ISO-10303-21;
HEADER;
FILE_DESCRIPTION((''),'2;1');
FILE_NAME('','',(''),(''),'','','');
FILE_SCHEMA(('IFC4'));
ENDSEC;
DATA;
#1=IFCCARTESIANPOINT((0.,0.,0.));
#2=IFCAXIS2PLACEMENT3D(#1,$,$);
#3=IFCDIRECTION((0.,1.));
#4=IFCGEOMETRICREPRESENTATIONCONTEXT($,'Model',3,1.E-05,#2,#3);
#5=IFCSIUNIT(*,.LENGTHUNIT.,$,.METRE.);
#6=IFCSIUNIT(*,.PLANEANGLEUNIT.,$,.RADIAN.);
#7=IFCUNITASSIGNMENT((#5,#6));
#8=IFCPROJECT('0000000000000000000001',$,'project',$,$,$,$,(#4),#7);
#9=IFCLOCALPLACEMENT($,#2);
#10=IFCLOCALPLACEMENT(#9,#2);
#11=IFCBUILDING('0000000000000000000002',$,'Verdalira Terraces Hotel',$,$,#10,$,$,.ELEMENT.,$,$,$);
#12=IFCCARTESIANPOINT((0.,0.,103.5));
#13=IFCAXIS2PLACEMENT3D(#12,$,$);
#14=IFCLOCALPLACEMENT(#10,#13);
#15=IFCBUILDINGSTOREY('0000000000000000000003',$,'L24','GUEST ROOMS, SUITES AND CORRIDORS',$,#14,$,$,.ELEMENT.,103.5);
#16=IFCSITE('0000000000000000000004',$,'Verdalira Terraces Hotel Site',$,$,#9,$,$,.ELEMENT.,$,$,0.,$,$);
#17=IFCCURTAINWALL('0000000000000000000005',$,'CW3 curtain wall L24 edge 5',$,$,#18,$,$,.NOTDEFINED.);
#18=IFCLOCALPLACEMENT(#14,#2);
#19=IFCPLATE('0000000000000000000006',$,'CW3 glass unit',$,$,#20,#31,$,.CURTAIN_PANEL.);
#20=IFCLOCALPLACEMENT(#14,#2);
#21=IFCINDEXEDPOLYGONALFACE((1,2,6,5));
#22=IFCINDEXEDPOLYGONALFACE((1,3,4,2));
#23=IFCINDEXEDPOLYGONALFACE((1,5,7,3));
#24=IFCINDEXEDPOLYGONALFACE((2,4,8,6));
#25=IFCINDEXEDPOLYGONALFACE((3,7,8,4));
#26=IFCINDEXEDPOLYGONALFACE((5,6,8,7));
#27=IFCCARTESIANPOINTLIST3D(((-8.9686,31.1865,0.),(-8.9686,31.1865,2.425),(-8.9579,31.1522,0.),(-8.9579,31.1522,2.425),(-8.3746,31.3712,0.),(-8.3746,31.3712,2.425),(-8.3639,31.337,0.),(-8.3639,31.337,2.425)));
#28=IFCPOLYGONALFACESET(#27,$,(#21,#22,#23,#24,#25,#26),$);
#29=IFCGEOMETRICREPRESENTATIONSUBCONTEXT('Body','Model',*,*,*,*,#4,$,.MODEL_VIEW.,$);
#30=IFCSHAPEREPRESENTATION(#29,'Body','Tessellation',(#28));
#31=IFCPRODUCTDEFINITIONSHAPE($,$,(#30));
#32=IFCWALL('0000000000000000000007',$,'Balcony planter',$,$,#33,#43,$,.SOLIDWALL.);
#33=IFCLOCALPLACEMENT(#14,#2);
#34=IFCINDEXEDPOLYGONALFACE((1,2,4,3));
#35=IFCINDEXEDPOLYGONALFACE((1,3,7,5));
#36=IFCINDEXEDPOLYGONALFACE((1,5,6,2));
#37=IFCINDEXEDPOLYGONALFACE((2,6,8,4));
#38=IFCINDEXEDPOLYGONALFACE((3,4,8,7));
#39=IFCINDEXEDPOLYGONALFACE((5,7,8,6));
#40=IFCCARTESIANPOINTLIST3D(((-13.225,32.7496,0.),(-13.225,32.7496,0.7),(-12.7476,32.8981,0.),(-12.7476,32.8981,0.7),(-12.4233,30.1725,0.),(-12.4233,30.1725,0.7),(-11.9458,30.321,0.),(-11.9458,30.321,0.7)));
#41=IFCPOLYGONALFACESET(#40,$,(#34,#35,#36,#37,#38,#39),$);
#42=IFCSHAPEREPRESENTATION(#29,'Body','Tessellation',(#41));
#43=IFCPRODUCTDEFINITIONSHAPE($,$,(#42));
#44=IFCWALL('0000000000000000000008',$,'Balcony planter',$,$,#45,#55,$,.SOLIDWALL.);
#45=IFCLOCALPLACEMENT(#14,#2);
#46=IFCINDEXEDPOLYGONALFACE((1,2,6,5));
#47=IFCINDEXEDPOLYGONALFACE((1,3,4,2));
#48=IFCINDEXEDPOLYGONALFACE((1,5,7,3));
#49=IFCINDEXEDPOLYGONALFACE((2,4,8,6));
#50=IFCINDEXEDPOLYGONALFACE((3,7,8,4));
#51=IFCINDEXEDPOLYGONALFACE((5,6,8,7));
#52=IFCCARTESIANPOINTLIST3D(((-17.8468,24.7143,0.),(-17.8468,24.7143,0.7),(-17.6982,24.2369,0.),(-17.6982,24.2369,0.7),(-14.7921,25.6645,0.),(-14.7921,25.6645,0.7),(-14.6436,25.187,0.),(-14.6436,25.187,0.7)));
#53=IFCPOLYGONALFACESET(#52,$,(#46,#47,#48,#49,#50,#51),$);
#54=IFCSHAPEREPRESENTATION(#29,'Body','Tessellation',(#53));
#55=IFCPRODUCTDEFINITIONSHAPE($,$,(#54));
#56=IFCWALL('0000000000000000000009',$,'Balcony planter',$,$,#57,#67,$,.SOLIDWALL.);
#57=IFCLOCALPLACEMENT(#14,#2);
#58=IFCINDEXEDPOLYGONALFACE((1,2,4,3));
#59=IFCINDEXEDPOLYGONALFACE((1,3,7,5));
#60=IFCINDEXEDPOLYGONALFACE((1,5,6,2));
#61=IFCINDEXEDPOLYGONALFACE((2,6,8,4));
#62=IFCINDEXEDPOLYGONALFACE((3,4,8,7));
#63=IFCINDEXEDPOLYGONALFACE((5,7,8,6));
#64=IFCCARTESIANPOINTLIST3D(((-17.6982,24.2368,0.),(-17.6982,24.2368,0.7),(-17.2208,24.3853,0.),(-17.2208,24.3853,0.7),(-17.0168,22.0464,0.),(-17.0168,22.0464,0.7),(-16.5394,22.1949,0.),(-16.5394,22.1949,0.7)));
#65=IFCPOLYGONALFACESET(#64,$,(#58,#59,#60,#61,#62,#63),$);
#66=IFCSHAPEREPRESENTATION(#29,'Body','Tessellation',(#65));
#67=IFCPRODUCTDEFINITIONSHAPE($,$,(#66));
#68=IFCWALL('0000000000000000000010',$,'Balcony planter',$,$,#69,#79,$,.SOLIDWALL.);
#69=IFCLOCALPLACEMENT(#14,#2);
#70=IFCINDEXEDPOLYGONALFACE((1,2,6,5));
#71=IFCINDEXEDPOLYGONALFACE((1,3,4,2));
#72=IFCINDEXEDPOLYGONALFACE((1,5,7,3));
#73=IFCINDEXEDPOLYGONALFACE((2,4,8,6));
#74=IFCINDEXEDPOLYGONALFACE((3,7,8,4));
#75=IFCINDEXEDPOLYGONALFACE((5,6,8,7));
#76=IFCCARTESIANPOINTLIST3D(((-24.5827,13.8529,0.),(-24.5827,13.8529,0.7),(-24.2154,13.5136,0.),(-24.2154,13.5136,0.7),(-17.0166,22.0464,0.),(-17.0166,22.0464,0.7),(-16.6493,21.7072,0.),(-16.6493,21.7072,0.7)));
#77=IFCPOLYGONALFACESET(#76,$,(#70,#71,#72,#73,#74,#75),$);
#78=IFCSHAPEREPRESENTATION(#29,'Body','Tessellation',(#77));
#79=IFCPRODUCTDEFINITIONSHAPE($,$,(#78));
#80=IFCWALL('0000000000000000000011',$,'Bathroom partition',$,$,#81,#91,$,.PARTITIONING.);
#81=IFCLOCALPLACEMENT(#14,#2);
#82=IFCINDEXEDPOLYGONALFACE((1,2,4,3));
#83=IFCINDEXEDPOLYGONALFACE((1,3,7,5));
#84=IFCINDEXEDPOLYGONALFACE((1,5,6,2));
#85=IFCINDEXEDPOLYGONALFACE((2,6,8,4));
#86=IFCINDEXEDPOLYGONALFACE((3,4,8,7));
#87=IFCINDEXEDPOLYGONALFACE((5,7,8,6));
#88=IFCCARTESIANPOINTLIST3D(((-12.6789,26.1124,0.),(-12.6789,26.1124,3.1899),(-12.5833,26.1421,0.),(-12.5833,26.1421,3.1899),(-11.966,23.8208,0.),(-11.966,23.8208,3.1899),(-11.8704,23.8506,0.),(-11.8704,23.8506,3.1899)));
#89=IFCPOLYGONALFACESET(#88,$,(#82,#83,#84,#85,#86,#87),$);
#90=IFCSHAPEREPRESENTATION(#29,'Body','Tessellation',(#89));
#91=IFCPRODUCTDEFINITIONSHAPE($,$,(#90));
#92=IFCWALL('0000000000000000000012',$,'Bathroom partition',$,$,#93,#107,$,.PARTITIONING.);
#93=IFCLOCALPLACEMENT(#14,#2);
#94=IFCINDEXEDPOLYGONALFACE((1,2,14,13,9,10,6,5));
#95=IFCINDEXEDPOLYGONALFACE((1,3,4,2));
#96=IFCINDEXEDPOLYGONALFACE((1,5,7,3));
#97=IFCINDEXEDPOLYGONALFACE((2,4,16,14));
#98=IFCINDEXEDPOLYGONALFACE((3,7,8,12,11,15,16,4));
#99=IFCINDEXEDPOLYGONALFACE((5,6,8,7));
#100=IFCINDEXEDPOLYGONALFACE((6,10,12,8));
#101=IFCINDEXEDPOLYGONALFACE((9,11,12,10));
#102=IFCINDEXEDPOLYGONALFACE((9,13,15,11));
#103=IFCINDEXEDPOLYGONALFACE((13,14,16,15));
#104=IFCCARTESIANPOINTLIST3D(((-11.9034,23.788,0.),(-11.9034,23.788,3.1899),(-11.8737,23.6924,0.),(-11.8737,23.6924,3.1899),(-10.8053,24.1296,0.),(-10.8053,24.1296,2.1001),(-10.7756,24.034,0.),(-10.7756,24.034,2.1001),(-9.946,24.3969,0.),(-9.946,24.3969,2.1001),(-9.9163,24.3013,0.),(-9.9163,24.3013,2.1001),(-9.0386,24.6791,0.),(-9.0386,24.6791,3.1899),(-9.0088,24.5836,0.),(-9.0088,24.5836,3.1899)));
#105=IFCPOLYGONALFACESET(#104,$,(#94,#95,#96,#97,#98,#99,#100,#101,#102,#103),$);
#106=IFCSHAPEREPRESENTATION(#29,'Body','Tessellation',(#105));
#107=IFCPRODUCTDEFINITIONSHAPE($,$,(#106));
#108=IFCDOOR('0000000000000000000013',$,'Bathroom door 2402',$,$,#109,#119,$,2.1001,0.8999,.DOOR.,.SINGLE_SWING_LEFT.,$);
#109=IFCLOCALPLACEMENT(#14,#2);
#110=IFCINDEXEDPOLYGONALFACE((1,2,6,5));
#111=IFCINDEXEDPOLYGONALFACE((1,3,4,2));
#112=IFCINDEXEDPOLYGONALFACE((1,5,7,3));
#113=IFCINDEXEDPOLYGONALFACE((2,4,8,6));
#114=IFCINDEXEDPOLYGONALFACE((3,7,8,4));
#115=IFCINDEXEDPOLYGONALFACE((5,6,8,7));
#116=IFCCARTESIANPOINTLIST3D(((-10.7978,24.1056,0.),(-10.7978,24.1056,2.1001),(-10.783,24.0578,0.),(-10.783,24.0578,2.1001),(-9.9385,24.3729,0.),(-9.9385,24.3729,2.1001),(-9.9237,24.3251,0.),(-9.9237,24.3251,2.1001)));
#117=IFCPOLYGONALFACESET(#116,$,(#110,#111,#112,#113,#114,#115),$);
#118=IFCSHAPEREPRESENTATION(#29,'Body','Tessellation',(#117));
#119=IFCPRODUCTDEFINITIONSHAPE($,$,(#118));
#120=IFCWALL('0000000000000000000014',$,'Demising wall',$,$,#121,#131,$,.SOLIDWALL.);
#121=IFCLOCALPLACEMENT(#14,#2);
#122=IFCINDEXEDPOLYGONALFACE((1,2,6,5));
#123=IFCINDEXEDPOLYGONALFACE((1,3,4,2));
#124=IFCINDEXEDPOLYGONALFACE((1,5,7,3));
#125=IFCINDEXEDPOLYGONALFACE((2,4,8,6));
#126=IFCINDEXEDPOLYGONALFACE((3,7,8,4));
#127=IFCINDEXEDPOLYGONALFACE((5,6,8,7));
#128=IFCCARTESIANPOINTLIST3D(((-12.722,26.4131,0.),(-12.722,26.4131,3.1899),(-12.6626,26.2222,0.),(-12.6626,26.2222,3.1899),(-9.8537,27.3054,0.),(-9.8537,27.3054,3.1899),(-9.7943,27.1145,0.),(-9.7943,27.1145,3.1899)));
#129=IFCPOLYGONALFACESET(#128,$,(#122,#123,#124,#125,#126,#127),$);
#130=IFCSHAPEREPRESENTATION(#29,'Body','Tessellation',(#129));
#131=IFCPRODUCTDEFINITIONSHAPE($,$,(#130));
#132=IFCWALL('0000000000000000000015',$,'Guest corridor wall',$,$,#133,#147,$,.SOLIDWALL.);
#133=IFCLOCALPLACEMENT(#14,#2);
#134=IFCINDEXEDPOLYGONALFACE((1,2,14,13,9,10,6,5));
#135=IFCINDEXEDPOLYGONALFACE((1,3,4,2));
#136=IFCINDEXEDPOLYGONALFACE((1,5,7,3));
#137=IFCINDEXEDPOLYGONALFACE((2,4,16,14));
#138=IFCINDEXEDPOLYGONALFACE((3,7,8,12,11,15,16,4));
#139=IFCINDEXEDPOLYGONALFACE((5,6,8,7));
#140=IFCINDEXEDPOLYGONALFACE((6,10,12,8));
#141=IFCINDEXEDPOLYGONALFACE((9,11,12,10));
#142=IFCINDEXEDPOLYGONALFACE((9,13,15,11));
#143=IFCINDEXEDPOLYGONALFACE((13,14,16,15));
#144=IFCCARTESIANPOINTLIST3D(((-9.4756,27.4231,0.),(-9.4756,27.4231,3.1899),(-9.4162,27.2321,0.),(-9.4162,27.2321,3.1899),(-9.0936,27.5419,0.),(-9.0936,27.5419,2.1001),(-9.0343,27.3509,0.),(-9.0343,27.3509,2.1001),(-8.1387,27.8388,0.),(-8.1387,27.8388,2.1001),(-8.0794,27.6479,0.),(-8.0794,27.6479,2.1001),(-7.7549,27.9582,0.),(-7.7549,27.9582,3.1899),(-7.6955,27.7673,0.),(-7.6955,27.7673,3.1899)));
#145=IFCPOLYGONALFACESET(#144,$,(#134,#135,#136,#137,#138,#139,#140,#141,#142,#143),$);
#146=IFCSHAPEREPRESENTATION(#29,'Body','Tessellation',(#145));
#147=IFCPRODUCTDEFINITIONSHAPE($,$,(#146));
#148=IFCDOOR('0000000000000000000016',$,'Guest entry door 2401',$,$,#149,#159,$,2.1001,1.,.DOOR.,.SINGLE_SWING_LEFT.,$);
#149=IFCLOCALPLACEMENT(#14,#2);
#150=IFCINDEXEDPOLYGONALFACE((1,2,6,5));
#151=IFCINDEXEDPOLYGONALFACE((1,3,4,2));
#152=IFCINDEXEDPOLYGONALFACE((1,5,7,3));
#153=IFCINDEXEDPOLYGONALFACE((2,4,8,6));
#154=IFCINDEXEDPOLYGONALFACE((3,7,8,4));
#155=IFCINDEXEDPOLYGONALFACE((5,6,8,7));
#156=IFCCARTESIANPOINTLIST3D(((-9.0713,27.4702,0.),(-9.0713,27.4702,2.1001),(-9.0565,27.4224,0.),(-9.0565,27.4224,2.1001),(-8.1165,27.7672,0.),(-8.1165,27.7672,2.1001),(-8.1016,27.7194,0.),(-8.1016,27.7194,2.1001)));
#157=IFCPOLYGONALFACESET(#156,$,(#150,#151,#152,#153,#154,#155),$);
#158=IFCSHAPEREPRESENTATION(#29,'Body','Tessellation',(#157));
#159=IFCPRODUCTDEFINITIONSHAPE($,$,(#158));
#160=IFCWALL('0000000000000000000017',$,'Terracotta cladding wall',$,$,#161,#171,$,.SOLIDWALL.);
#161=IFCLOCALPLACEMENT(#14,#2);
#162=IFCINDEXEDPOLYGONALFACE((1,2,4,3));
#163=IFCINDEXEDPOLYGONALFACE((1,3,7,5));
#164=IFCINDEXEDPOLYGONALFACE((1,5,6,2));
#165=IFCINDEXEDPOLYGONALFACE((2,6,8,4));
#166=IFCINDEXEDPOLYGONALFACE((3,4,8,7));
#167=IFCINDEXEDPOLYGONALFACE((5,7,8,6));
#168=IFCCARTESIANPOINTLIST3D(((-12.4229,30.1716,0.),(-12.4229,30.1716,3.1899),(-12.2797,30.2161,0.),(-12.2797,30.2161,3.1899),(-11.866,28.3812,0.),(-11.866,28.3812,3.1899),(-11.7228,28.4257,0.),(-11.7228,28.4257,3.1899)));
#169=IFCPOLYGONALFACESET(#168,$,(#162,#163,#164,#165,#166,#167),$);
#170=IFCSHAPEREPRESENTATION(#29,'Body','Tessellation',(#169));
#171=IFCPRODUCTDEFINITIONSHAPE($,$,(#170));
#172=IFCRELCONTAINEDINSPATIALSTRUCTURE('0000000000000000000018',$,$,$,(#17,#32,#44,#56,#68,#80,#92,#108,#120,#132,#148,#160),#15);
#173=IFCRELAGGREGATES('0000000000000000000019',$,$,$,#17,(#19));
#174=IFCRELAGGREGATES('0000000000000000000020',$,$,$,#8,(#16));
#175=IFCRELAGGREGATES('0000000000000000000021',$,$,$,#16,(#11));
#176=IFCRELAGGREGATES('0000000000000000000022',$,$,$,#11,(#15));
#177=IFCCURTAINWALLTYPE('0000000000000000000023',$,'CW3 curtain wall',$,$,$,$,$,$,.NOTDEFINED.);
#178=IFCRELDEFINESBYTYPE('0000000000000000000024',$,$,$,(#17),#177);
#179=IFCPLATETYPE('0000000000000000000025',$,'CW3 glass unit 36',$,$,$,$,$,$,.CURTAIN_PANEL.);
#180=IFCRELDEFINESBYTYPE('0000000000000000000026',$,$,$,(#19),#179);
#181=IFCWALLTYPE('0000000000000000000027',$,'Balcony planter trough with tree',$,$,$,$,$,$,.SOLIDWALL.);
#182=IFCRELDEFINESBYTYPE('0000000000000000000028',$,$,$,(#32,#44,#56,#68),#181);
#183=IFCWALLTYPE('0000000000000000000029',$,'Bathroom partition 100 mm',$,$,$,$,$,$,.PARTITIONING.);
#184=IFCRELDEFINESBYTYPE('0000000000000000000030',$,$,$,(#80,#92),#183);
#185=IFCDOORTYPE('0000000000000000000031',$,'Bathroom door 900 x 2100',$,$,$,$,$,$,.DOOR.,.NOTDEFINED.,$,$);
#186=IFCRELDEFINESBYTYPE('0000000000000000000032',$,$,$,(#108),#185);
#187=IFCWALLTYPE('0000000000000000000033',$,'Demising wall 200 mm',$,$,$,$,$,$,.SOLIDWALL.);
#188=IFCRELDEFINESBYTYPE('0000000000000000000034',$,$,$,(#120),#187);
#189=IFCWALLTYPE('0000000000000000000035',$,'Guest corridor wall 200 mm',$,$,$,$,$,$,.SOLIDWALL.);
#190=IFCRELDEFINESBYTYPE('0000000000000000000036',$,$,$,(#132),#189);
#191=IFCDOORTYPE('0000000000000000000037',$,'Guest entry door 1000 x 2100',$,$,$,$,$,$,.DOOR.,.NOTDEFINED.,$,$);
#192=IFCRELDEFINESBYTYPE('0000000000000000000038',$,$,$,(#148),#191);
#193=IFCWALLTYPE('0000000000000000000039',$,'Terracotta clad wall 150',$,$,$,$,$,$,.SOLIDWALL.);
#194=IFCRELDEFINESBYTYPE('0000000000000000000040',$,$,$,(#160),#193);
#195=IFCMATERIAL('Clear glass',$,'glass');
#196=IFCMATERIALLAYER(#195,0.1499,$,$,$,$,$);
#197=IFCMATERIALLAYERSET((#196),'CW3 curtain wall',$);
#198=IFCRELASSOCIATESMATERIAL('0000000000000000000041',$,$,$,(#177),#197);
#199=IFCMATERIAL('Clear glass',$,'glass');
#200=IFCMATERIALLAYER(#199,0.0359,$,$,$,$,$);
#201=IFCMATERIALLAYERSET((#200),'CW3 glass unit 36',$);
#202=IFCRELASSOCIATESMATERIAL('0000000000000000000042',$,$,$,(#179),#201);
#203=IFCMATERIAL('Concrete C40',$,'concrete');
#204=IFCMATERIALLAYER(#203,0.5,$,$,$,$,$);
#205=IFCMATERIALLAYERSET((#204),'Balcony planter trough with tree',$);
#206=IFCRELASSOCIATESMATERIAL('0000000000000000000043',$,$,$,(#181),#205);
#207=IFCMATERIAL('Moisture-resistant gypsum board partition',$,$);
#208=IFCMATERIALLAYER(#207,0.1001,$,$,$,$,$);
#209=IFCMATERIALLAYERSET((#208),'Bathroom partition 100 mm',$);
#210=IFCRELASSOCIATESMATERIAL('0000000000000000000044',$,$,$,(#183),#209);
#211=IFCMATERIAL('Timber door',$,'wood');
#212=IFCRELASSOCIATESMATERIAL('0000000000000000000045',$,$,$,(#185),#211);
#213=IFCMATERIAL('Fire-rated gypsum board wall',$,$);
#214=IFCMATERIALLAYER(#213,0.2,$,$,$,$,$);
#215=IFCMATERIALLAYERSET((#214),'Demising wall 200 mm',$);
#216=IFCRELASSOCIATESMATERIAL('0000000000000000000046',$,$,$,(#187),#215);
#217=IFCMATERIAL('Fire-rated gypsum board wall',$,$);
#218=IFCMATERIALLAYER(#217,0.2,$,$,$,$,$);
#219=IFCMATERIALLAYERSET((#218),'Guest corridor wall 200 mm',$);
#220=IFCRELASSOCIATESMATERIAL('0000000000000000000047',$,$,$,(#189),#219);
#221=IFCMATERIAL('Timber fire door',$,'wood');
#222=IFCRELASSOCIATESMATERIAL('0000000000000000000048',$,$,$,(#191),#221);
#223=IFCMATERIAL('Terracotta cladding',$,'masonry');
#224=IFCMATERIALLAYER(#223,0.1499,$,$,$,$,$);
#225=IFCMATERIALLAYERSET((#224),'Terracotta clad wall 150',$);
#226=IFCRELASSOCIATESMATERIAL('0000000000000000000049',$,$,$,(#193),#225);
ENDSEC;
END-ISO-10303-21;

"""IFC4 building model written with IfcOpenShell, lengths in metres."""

from ifc_helpers import new_model, si_unit, direction, frame, frame_2d, origin, origin_2d, place, context, subcontext, project, spatial, rectangle, extrude, material, layer, layer_set, type_object, element, fill, aggregate, save


model = new_model("IFC4")

# Units and contexts
model_context = context("Model", 3, precision=1e-05, world=origin(), true_north=direction((0.0, 1.0)))
body_context = subcontext(model_context, "Body", "Model", "MODEL_VIEW")
ifc_project = project(units=[si_unit("LENGTHUNIT", "METRE"), si_unit("PLANEANGLEUNIT", "RADIAN")], contexts=[model_context])

# Site, building, storey
site_placement = place(None, origin())
site = spatial("IfcSite", under=ifc_project, at=site_placement, Name="Verdalira Terraces Hotel Site", CompositionType="ELEMENT", RefElevation=0.0)
building_placement = place(site_placement, origin())
building = spatial("IfcBuilding", under=site, at=building_placement, Name="Verdalira Terraces Hotel", CompositionType="ELEMENT")
storey_placement = place(building_placement, frame((0.0, 0.0, 103.5)))
storey = spatial("IfcBuildingStorey", under=building, at=storey_placement, Name="L24", Description="GUEST ROOMS, SUITES AND CORRIDORS", CompositionType="ELEMENT", Elevation=103.5)

# Curtain wall
ifc_material_1 = material(Name="Clear glass", Category="glass")
ifc_layer_1 = layer(ifc_material_1, 0.1499)
ifc_layer_set_1 = layer_set([ifc_layer_1], Name="CW3 curtain wall")
curtain_wall_type_1 = type_object("IfcCurtainWallType", Name="CW3 curtain wall", PredefinedType="NOTDEFINED", material=ifc_layer_set_1)
curtain_wall_1_placement = place(storey_placement, origin())
curtain_wall_1 = element("IfcCurtainWall", 1, at=curtain_wall_1_placement, inside=storey, type_object=curtain_wall_type_1, Name="CW3 curtain wall L24 edge 5", PredefinedType="NOTDEFINED")

# Plate
ifc_material_2 = material(Name="Clear glass", Category="glass")
ifc_layer_2 = layer(ifc_material_2, 0.0359)
ifc_layer_set_2 = layer_set([ifc_layer_2], Name="CW3 glass unit 36")
plate_type = type_object("IfcPlateType", Name="CW3 glass unit 36", PredefinedType="CURTAIN_PANEL", material=ifc_layer_set_2)
plate_placement = place(storey_placement, frame((-8.6663, 31.2617, 0.0), z_axis=(0.0, 0.0, 1.0), x_axis=(-0.954865, -0.297042, 0.0)))
plate = element("IfcPlate", 2, at=plate_placement, type_object=plate_type, Name="CW3 glass unit", PredefinedType="CURTAIN_PANEL", context=body_context, shape_type="SweptSolid", body=[
    extrude(rectangle(XDim=0.6221, YDim=0.0359, at=origin_2d()), origin(), (0.0, 0.0, 1.0), 2.425),
])
aggregate(curtain_wall_1, [plate])

# Walls
ifc_material_3 = material(Name="Concrete C40", Category="concrete")
ifc_layer_3 = layer(ifc_material_3, 0.5)
ifc_layer_set_3 = layer_set([ifc_layer_3], Name="Balcony planter trough with tree")
wall_type_1 = type_object("IfcWallType", Name="Balcony planter trough with tree", PredefinedType="SOLIDWALL", material=ifc_layer_set_3)
wall_1_placement = place(storey_placement, frame((-12.9863, 32.824, 0.0), z_axis=(0.0, 0.0, 1.0), x_axis=(0.297059, -0.954859, 0.0)))
element("IfcWall", 3, at=wall_1_placement, inside=storey, type_object=wall_type_1, Name="Balcony planter", PredefinedType="SOLIDWALL", context=body_context, shape_type="SweptSolid", body=[
    extrude(rectangle(XDim=2.699, YDim=0.5, at=frame_2d((1.3496, 0.0))), origin(), (0.0, 0.0, 1.0), 0.7),
])
wall_2_placement = place(storey_placement, frame((-14.7178, 25.4258, 0.0), z_axis=(0.0, 0.0, 1.0), x_axis=(-0.95487, -0.297023, 0.0)))
element("IfcWall", 4, at=wall_2_placement, inside=storey, type_object=wall_type_1, Name="Balcony planter", PredefinedType="SOLIDWALL", context=body_context, shape_type="SweptSolid", body=[
    extrude(rectangle(XDim=3.199, YDim=0.5, at=frame_2d((1.5996, 0.0))), origin(), (0.0, 0.0, 1.0), 0.7),
])
wall_3_placement = place(storey_placement, frame((-17.4595, 24.311, 0.0), z_axis=(0.0, 0.0, 1.0), x_axis=(0.297039, -0.954865, 0.0)))
element("IfcWall", 5, at=wall_3_placement, inside=storey, type_object=wall_type_1, Name="Balcony planter", PredefinedType="SOLIDWALL", context=body_context, shape_type="SweptSolid", body=[
    extrude(rectangle(XDim=2.2939, YDim=0.5, at=frame_2d((1.147, 0.0))), origin(), (0.0, 0.0, 1.0), 0.7),
])
wall_4_placement = place(storey_placement, frame((-16.833, 21.8767, 0.0), z_axis=(0.0, 0.0, 1.0), x_axis=(-0.678417, -0.734677, 0.0)))
element("IfcWall", 6, at=wall_4_placement, inside=storey, type_object=wall_type_1, Name="Balcony planter", PredefinedType="SOLIDWALL", context=body_context, shape_type="SweptSolid", body=[
    extrude(rectangle(XDim=11.1526, YDim=0.5, at=frame_2d((5.5762, 0.0))), origin(), (0.0, 0.0, 1.0), 0.7),
])
ifc_material_4 = material(Name="Moisture-resistant gypsum board partition")
ifc_layer_4 = layer(ifc_material_4, 0.1001)
ifc_layer_set_4 = layer_set([ifc_layer_4], Name="Bathroom partition 100 mm")
wall_type_2 = type_object("IfcWallType", Name="Bathroom partition 100 mm", PredefinedType="PARTITIONING", material=ifc_layer_set_4)
wall_5_placement = place(storey_placement, frame((-11.9182, 23.8357, 0.0), z_axis=(0.0, 0.0, 1.0), x_axis=(-0.297058, 0.954859, 0.0)))
element("IfcWall", 7, at=wall_5_placement, inside=storey, type_object=wall_type_2, Name="Bathroom partition", PredefinedType="PARTITIONING", context=body_context, shape_type="SweptSolid", body=[
    extrude(rectangle(XDim=2.3999, YDim=0.1001, at=frame_2d((1.2, 0.0))), origin(), (0.0, 0.0, 1.0), 3.1899),
])

# Wall, opening, door
wall_6_placement = place(storey_placement, frame((-11.8884, 23.7402, 0.0), z_axis=(0.0, 0.0, 1.0), x_axis=(0.95487, 0.297024, 0.0)))
wall_6 = element("IfcWall", 8, at=wall_6_placement, inside=storey, type_object=wall_type_2, Name="Bathroom partition", PredefinedType="PARTITIONING", context=body_context, shape_type="SweptSolid", body=[
    extrude(rectangle(XDim=3.0002, YDim=0.1001, at=frame_2d((1.5, 0.0))), origin(), (0.0, 0.0, 1.0), 3.1899),
])
opening_1_placement = place(wall_6_placement, frame((1.1499, 0.0, 0.0)))
opening_1 = element("IfcOpeningElement", 9, at=opening_1_placement, cuts=wall_6, PredefinedType="OPENING", context=body_context, shape_type="SweptSolid", body=[
    extrude(rectangle(XDim=0.8999, YDim=2.1001, at=frame_2d((0.45, 1.05))), frame((0.0, 0.0601, 0.0), z_axis=(0.0, -1.0, 0.0), x_axis=(1.0, 0.0, 0.0)), (0.0, 0.0, 1.0), 0.1201),
])
ifc_material_5 = material(Name="Timber door", Category="wood")
door_type_1 = type_object("IfcDoorType", Name="Bathroom door 900 x 2100", OperationType="NOTDEFINED", PredefinedType="DOOR", material=ifc_material_5)
door_1_placement = place(opening_1_placement, origin())
door_1 = element("IfcDoor", 10, at=door_1_placement, inside=storey, type_object=door_type_1, Name="Bathroom door 2402", OperationType="SINGLE_SWING_LEFT", OverallHeight=2.1001, OverallWidth=0.8999, PredefinedType="DOOR", context=body_context, shape_type="SweptSolid", body=[
    extrude(rectangle(XDim=0.8999, YDim=2.1001, at=frame_2d((0.45, 1.05))), frame((0.0, 0.0249, 0.0), z_axis=(0.0, -1.0, 0.0), x_axis=(1.0, 0.0, 0.0)), (0.0, 0.0, 1.0), 0.05),
])
fill(opening_1, door_1)

# Wall
ifc_material_6 = material(Name="Fire-rated gypsum board wall")
ifc_layer_5 = layer(ifc_material_6, 0.2)
ifc_layer_set_5 = layer_set([ifc_layer_5], Name="Demising wall 200 mm")
wall_type_3 = type_object("IfcWallType", Name="Demising wall 200 mm", PredefinedType="SOLIDWALL", material=ifc_layer_set_5)
wall_7_placement = place(storey_placement, frame((-9.824, 27.21, 0.0), z_axis=(0.0, 0.0, 1.0), x_axis=(-0.954862, -0.297048, 0.0)))
element("IfcWall", 11, at=wall_7_placement, inside=storey, type_object=wall_type_3, Name="Demising wall", PredefinedType="SOLIDWALL", context=body_context, shape_type="SweptSolid", body=[
    extrude(rectangle(XDim=3.0039, YDim=0.2, at=frame_2d((1.502, 0.0))), origin(), (0.0, 0.0, 1.0), 3.1899),
])

# Wall, opening, door
ifc_material_7 = material(Name="Fire-rated gypsum board wall")
ifc_layer_6 = layer(ifc_material_7, 0.2)
ifc_layer_set_6 = layer_set([ifc_layer_6], Name="Guest corridor wall 200 mm")
wall_type_4 = type_object("IfcWallType", Name="Guest corridor wall 200 mm", PredefinedType="SOLIDWALL", material=ifc_layer_set_6)
wall_8_placement = place(storey_placement, frame((-9.4458, 27.3276, 0.0), z_axis=(0.0, 0.0, 1.0), x_axis=(0.954884, 0.296979, 0.0)))
wall_8 = element("IfcWall", 12, at=wall_8_placement, inside=storey, type_object=wall_type_4, Name="Guest corridor wall", PredefinedType="SOLIDWALL", context=body_context, shape_type="SweptSolid", body=[
    extrude(rectangle(XDim=1.802, YDim=0.2, at=frame_2d((0.9009, 0.0))), origin(), (0.0, 0.0, 1.0), 3.1899),
])
opening_2_placement = place(wall_8_placement, frame((0.3999, 0.0, 0.0)))
opening_2 = element("IfcOpeningElement", 13, at=opening_2_placement, cuts=wall_8, PredefinedType="OPENING", context=body_context, shape_type="SweptSolid", body=[
    extrude(rectangle(XDim=1.0, YDim=2.1001, at=frame_2d((0.5, 1.05))), frame((0.0, 0.1099, 0.0), z_axis=(0.0, -1.0, 0.0), x_axis=(1.0, 0.0, 0.0)), (0.0, 0.0, 1.0), 0.22),
])
ifc_material_8 = material(Name="Timber fire door", Category="wood")
door_type_2 = type_object("IfcDoorType", Name="Guest entry door 1000 x 2100", OperationType="NOTDEFINED", PredefinedType="DOOR", material=ifc_material_8)
door_2_placement = place(opening_2_placement, origin())
door_2 = element("IfcDoor", 14, at=door_2_placement, inside=storey, type_object=door_type_2, Name="Guest entry door 2401", OperationType="SINGLE_SWING_LEFT", OverallHeight=2.1001, OverallWidth=1.0, PredefinedType="DOOR", context=body_context, shape_type="SweptSolid", body=[
    extrude(rectangle(XDim=1.0, YDim=2.1001, at=frame_2d((0.5, 1.05))), frame((0.0, 0.0249, 0.0), z_axis=(0.0, -1.0, 0.0), x_axis=(1.0, 0.0, 0.0)), (0.0, 0.0, 1.0), 0.05),
])
fill(opening_2, door_2)

# Wall
ifc_material_9 = material(Name="Terracotta cladding", Category="masonry")
ifc_layer_7 = layer(ifc_material_9, 0.1499)
ifc_layer_set_7 = layer_set([ifc_layer_7], Name="Terracotta clad wall 150")
wall_type_5 = type_object("IfcWallType", Name="Terracotta clad wall 150", PredefinedType="SOLIDWALL", material=ifc_layer_set_7)
wall_9_placement = place(storey_placement, frame((-12.3513, 30.1938, 0.0), z_axis=(0.0, 0.0, 1.0), x_axis=(0.297022, -0.954871, 0.0)))
element("IfcWall", 15, at=wall_9_placement, inside=storey, type_object=wall_type_5, Name="Terracotta cladding wall", PredefinedType="SOLIDWALL", context=body_context, shape_type="SweptSolid", body=[
    extrude(rectangle(XDim=1.875, YDim=0.1499, at=frame_2d((0.9375, 0.0))), origin(), (0.0, 0.0, 1.0), 3.1899),
])

save(model, "model.ifc")
